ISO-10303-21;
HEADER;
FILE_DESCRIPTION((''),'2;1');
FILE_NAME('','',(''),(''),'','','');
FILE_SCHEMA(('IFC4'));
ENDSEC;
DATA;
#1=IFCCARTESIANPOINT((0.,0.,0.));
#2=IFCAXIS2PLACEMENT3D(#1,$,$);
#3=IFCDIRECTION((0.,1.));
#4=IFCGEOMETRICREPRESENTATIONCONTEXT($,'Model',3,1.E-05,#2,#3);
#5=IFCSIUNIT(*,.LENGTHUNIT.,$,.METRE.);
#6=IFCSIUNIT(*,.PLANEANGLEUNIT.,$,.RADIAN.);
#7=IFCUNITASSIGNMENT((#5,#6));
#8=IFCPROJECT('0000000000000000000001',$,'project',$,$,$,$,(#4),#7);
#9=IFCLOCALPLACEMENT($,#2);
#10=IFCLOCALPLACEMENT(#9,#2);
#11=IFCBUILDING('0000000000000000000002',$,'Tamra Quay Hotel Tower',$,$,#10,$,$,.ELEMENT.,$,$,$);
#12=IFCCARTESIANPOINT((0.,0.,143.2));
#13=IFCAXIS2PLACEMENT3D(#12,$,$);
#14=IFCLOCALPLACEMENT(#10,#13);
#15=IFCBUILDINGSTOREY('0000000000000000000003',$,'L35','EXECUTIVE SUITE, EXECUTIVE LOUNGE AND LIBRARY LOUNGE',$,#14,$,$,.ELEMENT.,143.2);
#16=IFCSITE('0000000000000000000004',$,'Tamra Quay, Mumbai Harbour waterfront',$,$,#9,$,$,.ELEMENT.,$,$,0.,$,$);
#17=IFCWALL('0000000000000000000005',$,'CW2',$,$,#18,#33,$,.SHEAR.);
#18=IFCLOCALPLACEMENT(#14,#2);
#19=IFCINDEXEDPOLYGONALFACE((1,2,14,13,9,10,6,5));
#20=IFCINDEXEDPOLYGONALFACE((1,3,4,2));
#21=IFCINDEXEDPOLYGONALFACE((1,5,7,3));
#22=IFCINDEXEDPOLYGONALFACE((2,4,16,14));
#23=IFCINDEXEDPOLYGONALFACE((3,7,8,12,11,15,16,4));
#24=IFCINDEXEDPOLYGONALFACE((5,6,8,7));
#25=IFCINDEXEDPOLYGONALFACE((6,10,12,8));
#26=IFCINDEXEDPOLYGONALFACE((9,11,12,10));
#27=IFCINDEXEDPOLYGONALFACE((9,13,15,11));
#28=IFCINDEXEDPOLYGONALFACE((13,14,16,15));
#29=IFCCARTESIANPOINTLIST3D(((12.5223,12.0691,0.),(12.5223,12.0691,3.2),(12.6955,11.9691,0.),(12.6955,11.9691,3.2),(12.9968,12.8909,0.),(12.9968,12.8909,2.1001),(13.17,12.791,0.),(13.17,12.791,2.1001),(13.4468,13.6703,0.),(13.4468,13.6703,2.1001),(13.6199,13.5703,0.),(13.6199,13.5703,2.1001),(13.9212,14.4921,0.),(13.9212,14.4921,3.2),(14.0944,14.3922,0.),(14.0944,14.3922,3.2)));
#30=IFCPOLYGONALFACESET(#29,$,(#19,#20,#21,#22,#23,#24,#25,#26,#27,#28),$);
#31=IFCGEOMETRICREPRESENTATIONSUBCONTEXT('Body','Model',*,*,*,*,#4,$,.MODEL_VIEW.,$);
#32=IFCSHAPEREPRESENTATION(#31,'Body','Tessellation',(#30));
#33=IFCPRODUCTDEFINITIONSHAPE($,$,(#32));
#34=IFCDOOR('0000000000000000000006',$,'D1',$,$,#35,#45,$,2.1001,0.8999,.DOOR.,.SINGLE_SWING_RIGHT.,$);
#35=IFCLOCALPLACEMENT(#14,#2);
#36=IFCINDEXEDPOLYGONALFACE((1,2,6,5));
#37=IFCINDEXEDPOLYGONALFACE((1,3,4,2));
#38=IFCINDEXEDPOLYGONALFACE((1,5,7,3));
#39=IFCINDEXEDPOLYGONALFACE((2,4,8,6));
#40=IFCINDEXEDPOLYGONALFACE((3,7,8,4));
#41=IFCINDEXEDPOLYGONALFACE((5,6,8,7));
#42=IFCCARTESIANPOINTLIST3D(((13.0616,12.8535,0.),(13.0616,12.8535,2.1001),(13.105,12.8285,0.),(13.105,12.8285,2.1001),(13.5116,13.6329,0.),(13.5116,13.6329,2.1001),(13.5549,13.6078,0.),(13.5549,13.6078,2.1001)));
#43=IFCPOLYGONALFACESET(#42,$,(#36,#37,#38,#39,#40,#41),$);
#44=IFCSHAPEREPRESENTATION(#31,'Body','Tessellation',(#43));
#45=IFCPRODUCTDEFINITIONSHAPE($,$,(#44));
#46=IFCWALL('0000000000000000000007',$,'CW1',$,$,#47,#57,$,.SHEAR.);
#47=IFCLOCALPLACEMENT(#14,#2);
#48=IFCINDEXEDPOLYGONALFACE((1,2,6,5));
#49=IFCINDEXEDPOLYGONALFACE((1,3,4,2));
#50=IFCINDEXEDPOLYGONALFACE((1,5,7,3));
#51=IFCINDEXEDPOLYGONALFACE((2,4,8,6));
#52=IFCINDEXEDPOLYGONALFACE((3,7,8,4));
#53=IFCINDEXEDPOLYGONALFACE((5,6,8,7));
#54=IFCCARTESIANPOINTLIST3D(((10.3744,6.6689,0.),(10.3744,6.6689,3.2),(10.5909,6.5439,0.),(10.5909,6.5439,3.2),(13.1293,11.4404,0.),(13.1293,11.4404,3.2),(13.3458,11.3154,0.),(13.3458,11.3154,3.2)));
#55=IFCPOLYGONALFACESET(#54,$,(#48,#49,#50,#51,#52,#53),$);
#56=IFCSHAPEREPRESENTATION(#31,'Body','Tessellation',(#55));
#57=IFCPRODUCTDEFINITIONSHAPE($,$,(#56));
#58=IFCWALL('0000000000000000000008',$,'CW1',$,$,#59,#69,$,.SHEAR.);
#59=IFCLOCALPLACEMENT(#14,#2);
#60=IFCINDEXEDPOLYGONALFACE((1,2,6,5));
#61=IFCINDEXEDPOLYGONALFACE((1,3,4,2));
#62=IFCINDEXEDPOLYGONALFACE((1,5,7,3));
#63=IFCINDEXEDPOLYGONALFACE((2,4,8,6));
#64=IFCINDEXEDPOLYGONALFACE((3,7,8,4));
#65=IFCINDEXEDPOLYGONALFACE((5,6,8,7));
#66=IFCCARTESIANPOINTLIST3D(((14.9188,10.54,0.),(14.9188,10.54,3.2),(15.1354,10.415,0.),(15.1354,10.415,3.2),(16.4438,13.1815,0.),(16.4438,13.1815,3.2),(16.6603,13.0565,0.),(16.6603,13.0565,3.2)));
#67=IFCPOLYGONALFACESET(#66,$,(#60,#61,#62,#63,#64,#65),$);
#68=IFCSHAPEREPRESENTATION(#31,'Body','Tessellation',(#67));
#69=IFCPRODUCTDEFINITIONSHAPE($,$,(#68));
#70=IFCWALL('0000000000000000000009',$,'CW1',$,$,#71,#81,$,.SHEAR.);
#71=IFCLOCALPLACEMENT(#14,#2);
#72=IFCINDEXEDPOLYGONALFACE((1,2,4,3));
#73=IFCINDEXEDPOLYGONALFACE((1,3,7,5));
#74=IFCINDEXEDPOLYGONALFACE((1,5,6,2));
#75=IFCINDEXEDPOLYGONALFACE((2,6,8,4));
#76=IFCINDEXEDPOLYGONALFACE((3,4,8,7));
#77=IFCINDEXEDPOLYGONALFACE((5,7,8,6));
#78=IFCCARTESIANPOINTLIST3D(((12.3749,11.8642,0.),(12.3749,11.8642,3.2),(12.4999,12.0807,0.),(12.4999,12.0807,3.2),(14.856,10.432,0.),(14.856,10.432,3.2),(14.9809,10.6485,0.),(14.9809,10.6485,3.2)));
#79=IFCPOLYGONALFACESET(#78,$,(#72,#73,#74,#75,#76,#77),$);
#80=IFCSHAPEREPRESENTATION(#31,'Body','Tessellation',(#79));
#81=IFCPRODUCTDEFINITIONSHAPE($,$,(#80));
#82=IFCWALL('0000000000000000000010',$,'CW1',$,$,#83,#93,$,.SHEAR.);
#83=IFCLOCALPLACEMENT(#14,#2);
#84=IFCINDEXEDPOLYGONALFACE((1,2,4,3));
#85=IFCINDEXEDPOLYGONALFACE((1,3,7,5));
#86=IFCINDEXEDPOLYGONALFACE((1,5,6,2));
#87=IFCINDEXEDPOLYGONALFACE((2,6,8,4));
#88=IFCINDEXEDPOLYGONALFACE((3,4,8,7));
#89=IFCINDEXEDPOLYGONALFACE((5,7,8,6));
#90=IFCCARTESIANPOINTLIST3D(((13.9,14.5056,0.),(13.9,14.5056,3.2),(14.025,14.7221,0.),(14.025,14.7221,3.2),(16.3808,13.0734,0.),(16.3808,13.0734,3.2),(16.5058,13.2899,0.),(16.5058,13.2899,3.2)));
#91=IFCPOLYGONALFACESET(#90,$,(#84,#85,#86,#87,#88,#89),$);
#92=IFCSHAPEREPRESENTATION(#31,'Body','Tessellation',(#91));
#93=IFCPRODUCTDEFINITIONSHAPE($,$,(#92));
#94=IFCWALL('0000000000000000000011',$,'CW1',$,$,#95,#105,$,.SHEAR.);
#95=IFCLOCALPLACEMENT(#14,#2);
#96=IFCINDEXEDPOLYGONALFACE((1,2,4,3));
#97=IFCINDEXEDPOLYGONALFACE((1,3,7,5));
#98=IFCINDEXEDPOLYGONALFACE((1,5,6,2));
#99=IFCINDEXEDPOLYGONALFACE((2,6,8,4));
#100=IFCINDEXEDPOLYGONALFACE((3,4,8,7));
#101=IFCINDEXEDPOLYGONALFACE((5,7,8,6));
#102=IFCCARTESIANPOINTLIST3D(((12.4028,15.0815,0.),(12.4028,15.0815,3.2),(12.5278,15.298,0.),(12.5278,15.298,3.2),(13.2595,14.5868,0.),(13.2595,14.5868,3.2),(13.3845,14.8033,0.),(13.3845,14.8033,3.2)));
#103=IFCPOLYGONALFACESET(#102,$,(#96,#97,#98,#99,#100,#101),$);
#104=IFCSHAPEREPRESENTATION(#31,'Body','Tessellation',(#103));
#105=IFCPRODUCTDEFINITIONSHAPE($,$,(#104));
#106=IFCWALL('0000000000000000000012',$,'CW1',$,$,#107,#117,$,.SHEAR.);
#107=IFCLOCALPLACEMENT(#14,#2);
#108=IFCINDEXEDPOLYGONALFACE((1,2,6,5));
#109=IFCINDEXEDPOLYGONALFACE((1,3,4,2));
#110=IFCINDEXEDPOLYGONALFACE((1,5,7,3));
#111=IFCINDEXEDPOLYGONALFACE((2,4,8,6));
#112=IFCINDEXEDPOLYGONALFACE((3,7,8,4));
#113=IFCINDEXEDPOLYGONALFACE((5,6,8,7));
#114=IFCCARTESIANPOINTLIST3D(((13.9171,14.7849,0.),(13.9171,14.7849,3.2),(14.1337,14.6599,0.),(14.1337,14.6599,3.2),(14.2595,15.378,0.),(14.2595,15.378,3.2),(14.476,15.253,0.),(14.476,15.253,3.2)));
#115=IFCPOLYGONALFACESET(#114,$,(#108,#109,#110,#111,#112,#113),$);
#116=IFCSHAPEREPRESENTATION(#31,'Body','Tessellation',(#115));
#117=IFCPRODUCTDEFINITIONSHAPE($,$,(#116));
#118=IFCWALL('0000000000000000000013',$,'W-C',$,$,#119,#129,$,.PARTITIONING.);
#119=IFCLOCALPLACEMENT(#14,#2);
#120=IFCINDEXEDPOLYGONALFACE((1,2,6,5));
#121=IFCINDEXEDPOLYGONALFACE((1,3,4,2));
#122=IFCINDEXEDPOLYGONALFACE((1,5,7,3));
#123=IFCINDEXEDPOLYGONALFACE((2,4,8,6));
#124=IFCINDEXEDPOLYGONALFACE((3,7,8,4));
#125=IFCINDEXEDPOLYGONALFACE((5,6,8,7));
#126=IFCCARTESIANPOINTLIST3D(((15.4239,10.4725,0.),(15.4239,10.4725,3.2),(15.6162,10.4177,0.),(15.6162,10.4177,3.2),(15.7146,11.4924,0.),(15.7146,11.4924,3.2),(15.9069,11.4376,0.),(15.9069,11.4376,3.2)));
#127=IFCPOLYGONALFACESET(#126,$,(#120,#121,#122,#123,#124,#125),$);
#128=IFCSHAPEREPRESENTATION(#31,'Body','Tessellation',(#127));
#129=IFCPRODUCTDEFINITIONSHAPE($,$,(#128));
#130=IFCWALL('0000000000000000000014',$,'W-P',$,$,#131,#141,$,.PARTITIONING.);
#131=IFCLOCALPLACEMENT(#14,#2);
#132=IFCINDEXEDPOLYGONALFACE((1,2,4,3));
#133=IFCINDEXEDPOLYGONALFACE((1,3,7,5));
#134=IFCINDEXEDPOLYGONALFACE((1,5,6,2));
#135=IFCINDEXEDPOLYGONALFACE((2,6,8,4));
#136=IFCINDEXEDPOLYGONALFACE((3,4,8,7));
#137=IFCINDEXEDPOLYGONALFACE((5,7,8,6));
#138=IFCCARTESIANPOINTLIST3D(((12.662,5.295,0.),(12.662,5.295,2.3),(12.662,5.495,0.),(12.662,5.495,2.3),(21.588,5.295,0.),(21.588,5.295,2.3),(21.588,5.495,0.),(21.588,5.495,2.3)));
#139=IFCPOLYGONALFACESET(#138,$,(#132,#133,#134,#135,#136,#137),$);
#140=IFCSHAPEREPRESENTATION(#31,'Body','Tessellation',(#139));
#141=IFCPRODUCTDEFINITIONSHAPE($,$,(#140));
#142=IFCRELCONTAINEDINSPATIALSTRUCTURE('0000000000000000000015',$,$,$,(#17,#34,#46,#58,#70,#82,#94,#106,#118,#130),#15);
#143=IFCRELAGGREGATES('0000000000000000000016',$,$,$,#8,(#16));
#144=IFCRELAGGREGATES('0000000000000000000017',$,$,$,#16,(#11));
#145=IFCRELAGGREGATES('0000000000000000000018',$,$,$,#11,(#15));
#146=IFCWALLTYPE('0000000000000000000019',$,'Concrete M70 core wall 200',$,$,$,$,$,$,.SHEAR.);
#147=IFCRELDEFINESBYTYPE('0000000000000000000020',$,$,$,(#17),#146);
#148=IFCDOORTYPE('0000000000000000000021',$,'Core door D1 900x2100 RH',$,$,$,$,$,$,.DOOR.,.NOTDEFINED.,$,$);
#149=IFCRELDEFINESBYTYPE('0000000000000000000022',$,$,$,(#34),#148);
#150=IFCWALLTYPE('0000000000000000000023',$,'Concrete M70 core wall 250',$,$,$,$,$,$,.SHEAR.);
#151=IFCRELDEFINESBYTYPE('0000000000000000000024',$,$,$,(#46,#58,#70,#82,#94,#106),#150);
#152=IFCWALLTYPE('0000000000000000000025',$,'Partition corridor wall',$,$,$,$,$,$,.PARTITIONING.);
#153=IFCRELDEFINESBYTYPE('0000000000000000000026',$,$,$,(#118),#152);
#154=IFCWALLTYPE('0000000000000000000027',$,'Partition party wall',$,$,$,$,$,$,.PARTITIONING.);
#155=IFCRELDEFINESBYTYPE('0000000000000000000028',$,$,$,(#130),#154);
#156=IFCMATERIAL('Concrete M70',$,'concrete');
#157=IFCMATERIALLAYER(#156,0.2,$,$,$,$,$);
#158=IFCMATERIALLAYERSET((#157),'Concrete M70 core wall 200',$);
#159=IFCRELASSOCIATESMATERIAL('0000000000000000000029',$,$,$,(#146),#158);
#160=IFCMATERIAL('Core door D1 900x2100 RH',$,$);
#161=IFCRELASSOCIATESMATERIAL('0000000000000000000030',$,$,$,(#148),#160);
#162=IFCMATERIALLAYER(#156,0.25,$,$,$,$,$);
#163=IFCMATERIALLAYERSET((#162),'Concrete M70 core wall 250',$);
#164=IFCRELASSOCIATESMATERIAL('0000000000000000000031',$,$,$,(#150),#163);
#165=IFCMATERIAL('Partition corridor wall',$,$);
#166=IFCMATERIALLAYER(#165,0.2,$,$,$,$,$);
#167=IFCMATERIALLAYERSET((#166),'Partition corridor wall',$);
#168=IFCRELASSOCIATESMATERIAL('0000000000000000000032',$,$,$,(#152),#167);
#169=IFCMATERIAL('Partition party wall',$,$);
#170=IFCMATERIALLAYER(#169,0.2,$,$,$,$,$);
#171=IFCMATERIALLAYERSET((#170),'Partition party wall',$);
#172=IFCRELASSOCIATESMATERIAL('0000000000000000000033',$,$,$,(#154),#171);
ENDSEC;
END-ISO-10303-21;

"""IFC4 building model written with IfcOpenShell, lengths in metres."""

from ifc_helpers import new_model, si_unit, direction, frame, frame_2d, origin, place, context, subcontext, project, spatial, rectangle, extrude, material, layer, layer_set, type_object, element, fill, save


model = new_model("IFC4")

# Units and contexts
model_context = context("Model", 3, precision=1e-05, world=origin(), true_north=direction((0.0, 1.0)))
body_context = subcontext(model_context, "Body", "Model", "MODEL_VIEW")
ifc_project = project(units=[si_unit("LENGTHUNIT", "METRE"), si_unit("PLANEANGLEUNIT", "RADIAN")], contexts=[model_context])

# Site, building, storey
site_placement = place(None, origin())
site = spatial("IfcSite", under=ifc_project, at=site_placement, Name="Tamra Quay, Mumbai Harbour waterfront", CompositionType="ELEMENT", RefElevation=0.0)
building_placement = place(site_placement, origin())
building = spatial("IfcBuilding", under=site, at=building_placement, Name="Tamra Quay Hotel Tower", CompositionType="ELEMENT")
storey_placement = place(building_placement, frame((0.0, 0.0, 143.2)))
storey = spatial("IfcBuildingStorey", under=building, at=storey_placement, Name="L35", Description="EXECUTIVE SUITE, EXECUTIVE LOUNGE AND LIBRARY LOUNGE", CompositionType="ELEMENT", Elevation=143.2)

# Shared definitions
ifc_material_1 = material(Name="Concrete M70", Category="concrete")

# Wall, opening, door
ifc_layer_1 = layer(ifc_material_1, 0.2)
ifc_layer_set_1 = layer_set([ifc_layer_1], Name="Concrete M70 core wall 200")
wall_type_1 = type_object("IfcWallType", Name="Concrete M70 core wall 200", PredefinedType="SHEAR", material=ifc_layer_set_1)
wall_1_placement = place(storey_placement, frame((14.0078, 14.4421, 0.0), z_axis=(0.0, 0.0, 1.0), x_axis=(-0.499987, -0.866033, 0.0)))
wall_1 = element("IfcWall", 1, at=wall_1_placement, inside=storey, type_object=wall_type_1, Name="CW2", PredefinedType="SHEAR", context=body_context, shape_type="SweptSolid", body=[
    extrude(rectangle(XDim=2.7979, YDim=0.2, at=frame_2d((1.3989, 0.0))), origin(), (0.0, 0.0, 1.0), 3.2),
])
opening_placement = place(wall_1_placement, frame((0.949, 0.0, 0.0)))
opening = element("IfcOpeningElement", 2, at=opening_placement, cuts=wall_1, PredefinedType="OPENING", context=body_context, shape_type="SweptSolid", body=[
    extrude(rectangle(XDim=0.8999, YDim=2.1001, at=frame_2d((0.45, 1.05))), frame((0.0, 0.1099, 0.0), z_axis=(0.0, -1.0, 0.0), x_axis=(1.0, 0.0, 0.0)), (0.0, 0.0, 1.0), 0.22),
])
ifc_material_2 = material(Name="Core door D1 900x2100 RH")
door_type = type_object("IfcDoorType", Name="Core door D1 900x2100 RH", OperationType="NOTDEFINED", PredefinedType="DOOR", material=ifc_material_2)
door_placement = place(opening_placement, origin())
door = element("IfcDoor", 3, at=door_placement, inside=storey, type_object=door_type, Name="D1", OperationType="SINGLE_SWING_RIGHT", OverallHeight=2.1001, OverallWidth=0.8999, PredefinedType="DOOR", context=body_context, shape_type="SweptSolid", body=[
    extrude(rectangle(XDim=0.8999, YDim=2.1001, at=frame_2d((0.45, 1.05))), frame((0.0, 0.0249, 0.0), z_axis=(0.0, -1.0, 0.0), x_axis=(1.0, 0.0, 0.0)), (0.0, 0.0, 1.0), 0.05),
])
fill(opening, door)

# Walls
ifc_layer_2 = layer(ifc_material_1, 0.25)
ifc_layer_set_2 = layer_set([ifc_layer_2], Name="Concrete M70 core wall 250")
wall_type_2 = type_object("IfcWallType", Name="Concrete M70 core wall 250", PredefinedType="SHEAR", material=ifc_layer_set_2)
wall_2_placement = place(storey_placement, frame((13.2375, 11.3779, 0.0), z_axis=(0.0, 0.0, 1.0), x_axis=(-0.500009, -0.86602, 0.0)))
element("IfcWall", 4, at=wall_2_placement, inside=storey, type_object=wall_type_2, Name="CW1", PredefinedType="SHEAR", context=body_context, shape_type="SweptSolid", body=[
    extrude(rectangle(XDim=5.5098, YDim=0.25, at=frame_2d((2.7549, 0.0))), origin(), (0.0, 0.0, 1.0), 3.2),
])
wall_3_placement = place(storey_placement, frame((16.552, 13.1189, 0.0), z_axis=(0.0, 0.0, 1.0), x_axis=(-0.499979, -0.866038, 0.0)))
element("IfcWall", 5, at=wall_3_placement, inside=storey, type_object=wall_type_2, Name="CW1", PredefinedType="SHEAR", context=body_context, shape_type="SweptSolid", body=[
    extrude(rectangle(XDim=3.05, YDim=0.25, at=frame_2d((1.5249, 0.0))), origin(), (0.0, 0.0, 1.0), 3.2),
])
wall_4_placement = place(storey_placement, frame((14.9185, 10.5403, 0.0), z_axis=(0.0, 0.0, 1.0), x_axis=(-0.866064, 0.499934, 0.0)))
element("IfcWall", 6, at=wall_4_placement, inside=storey, type_object=wall_type_2, Name="CW1", PredefinedType="SHEAR", context=body_context, shape_type="SweptSolid", body=[
    extrude(rectangle(XDim=2.8647, YDim=0.25, at=frame_2d((1.4324, 0.0))), origin(), (0.0, 0.0, 1.0), 3.2),
])
wall_5_placement = place(storey_placement, frame((13.9626, 14.6138, 0.0), z_axis=(0.0, 0.0, 1.0), x_axis=(0.866042, -0.499971, 0.0)))
element("IfcWall", 7, at=wall_5_placement, inside=storey, type_object=wall_type_2, Name="CW1", PredefinedType="SHEAR", context=body_context, shape_type="SweptSolid", body=[
    extrude(rectangle(XDim=2.8645, YDim=0.25, at=frame_2d((1.4321, 0.0))), origin(), (0.0, 0.0, 1.0), 3.2),
])
wall_6_placement = place(storey_placement, frame((13.322, 14.6951, 0.0), z_axis=(0.0, 0.0, 1.0), x_axis=(-0.866017, 0.500014, 0.0)))
element("IfcWall", 8, at=wall_6_placement, inside=storey, type_object=wall_type_2, Name="CW1", PredefinedType="SHEAR", context=body_context, shape_type="SweptSolid", body=[
    extrude(rectangle(XDim=0.9893, YDim=0.25, at=frame_2d((0.4946, 0.0))), origin(), (0.0, 0.0, 1.0), 3.2),
])
wall_7_placement = place(storey_placement, frame((14.3677, 15.3154, 0.0), z_axis=(0.0, 0.0, 1.0), x_axis=(-0.499897, -0.866085, 0.0)))
element("IfcWall", 9, at=wall_7_placement, inside=storey, type_object=wall_type_2, Name="CW1", PredefinedType="SHEAR", context=body_context, shape_type="SweptSolid", body=[
    extrude(rectangle(XDim=0.6848, YDim=0.25, at=frame_2d((0.3423, 0.0))), origin(), (0.0, 0.0, 1.0), 3.2),
])
ifc_material_3 = material(Name="Partition corridor wall")
ifc_layer_3 = layer(ifc_material_3, 0.2)
ifc_layer_set_3 = layer_set([ifc_layer_3], Name="Partition corridor wall")
wall_type_3 = type_object("IfcWallType", Name="Partition corridor wall", PredefinedType="PARTITIONING", material=ifc_layer_set_3)
wall_8_placement = place(storey_placement, frame((15.52, 10.4451, 0.0), z_axis=(0.0, 0.0, 1.0), x_axis=(0.274143, 0.961689, 0.0)))
element("IfcWall", 10, at=wall_8_placement, inside=storey, type_object=wall_type_3, Name="W-C", PredefinedType="PARTITIONING", context=body_context, shape_type="SweptSolid", body=[
    extrude(rectangle(XDim=1.0605, YDim=0.2, at=frame_2d((0.5303, 0.0))), origin(), (0.0, 0.0, 1.0), 3.2),
])
ifc_material_4 = material(Name="Partition party wall")
ifc_layer_4 = layer(ifc_material_4, 0.2)
ifc_layer_set_4 = layer_set([ifc_layer_4], Name="Partition party wall")
wall_type_4 = type_object("IfcWallType", Name="Partition party wall", PredefinedType="PARTITIONING", material=ifc_layer_set_4)
wall_9_placement = place(storey_placement, frame((12.6621, 5.395, 0.0), z_axis=(0.0, 0.0, 1.0), x_axis=(1.0, 0.0, 0.0)))
element("IfcWall", 11, at=wall_9_placement, inside=storey, type_object=wall_type_4, Name="W-P", PredefinedType="PARTITIONING", context=body_context, shape_type="SweptSolid", body=[
    extrude(rectangle(XDim=8.926, YDim=0.2, at=frame_2d((4.4629, 0.0))), origin(), (0.0, 0.0, 1.0), 2.3),
])

save(model, "model.ifc")
